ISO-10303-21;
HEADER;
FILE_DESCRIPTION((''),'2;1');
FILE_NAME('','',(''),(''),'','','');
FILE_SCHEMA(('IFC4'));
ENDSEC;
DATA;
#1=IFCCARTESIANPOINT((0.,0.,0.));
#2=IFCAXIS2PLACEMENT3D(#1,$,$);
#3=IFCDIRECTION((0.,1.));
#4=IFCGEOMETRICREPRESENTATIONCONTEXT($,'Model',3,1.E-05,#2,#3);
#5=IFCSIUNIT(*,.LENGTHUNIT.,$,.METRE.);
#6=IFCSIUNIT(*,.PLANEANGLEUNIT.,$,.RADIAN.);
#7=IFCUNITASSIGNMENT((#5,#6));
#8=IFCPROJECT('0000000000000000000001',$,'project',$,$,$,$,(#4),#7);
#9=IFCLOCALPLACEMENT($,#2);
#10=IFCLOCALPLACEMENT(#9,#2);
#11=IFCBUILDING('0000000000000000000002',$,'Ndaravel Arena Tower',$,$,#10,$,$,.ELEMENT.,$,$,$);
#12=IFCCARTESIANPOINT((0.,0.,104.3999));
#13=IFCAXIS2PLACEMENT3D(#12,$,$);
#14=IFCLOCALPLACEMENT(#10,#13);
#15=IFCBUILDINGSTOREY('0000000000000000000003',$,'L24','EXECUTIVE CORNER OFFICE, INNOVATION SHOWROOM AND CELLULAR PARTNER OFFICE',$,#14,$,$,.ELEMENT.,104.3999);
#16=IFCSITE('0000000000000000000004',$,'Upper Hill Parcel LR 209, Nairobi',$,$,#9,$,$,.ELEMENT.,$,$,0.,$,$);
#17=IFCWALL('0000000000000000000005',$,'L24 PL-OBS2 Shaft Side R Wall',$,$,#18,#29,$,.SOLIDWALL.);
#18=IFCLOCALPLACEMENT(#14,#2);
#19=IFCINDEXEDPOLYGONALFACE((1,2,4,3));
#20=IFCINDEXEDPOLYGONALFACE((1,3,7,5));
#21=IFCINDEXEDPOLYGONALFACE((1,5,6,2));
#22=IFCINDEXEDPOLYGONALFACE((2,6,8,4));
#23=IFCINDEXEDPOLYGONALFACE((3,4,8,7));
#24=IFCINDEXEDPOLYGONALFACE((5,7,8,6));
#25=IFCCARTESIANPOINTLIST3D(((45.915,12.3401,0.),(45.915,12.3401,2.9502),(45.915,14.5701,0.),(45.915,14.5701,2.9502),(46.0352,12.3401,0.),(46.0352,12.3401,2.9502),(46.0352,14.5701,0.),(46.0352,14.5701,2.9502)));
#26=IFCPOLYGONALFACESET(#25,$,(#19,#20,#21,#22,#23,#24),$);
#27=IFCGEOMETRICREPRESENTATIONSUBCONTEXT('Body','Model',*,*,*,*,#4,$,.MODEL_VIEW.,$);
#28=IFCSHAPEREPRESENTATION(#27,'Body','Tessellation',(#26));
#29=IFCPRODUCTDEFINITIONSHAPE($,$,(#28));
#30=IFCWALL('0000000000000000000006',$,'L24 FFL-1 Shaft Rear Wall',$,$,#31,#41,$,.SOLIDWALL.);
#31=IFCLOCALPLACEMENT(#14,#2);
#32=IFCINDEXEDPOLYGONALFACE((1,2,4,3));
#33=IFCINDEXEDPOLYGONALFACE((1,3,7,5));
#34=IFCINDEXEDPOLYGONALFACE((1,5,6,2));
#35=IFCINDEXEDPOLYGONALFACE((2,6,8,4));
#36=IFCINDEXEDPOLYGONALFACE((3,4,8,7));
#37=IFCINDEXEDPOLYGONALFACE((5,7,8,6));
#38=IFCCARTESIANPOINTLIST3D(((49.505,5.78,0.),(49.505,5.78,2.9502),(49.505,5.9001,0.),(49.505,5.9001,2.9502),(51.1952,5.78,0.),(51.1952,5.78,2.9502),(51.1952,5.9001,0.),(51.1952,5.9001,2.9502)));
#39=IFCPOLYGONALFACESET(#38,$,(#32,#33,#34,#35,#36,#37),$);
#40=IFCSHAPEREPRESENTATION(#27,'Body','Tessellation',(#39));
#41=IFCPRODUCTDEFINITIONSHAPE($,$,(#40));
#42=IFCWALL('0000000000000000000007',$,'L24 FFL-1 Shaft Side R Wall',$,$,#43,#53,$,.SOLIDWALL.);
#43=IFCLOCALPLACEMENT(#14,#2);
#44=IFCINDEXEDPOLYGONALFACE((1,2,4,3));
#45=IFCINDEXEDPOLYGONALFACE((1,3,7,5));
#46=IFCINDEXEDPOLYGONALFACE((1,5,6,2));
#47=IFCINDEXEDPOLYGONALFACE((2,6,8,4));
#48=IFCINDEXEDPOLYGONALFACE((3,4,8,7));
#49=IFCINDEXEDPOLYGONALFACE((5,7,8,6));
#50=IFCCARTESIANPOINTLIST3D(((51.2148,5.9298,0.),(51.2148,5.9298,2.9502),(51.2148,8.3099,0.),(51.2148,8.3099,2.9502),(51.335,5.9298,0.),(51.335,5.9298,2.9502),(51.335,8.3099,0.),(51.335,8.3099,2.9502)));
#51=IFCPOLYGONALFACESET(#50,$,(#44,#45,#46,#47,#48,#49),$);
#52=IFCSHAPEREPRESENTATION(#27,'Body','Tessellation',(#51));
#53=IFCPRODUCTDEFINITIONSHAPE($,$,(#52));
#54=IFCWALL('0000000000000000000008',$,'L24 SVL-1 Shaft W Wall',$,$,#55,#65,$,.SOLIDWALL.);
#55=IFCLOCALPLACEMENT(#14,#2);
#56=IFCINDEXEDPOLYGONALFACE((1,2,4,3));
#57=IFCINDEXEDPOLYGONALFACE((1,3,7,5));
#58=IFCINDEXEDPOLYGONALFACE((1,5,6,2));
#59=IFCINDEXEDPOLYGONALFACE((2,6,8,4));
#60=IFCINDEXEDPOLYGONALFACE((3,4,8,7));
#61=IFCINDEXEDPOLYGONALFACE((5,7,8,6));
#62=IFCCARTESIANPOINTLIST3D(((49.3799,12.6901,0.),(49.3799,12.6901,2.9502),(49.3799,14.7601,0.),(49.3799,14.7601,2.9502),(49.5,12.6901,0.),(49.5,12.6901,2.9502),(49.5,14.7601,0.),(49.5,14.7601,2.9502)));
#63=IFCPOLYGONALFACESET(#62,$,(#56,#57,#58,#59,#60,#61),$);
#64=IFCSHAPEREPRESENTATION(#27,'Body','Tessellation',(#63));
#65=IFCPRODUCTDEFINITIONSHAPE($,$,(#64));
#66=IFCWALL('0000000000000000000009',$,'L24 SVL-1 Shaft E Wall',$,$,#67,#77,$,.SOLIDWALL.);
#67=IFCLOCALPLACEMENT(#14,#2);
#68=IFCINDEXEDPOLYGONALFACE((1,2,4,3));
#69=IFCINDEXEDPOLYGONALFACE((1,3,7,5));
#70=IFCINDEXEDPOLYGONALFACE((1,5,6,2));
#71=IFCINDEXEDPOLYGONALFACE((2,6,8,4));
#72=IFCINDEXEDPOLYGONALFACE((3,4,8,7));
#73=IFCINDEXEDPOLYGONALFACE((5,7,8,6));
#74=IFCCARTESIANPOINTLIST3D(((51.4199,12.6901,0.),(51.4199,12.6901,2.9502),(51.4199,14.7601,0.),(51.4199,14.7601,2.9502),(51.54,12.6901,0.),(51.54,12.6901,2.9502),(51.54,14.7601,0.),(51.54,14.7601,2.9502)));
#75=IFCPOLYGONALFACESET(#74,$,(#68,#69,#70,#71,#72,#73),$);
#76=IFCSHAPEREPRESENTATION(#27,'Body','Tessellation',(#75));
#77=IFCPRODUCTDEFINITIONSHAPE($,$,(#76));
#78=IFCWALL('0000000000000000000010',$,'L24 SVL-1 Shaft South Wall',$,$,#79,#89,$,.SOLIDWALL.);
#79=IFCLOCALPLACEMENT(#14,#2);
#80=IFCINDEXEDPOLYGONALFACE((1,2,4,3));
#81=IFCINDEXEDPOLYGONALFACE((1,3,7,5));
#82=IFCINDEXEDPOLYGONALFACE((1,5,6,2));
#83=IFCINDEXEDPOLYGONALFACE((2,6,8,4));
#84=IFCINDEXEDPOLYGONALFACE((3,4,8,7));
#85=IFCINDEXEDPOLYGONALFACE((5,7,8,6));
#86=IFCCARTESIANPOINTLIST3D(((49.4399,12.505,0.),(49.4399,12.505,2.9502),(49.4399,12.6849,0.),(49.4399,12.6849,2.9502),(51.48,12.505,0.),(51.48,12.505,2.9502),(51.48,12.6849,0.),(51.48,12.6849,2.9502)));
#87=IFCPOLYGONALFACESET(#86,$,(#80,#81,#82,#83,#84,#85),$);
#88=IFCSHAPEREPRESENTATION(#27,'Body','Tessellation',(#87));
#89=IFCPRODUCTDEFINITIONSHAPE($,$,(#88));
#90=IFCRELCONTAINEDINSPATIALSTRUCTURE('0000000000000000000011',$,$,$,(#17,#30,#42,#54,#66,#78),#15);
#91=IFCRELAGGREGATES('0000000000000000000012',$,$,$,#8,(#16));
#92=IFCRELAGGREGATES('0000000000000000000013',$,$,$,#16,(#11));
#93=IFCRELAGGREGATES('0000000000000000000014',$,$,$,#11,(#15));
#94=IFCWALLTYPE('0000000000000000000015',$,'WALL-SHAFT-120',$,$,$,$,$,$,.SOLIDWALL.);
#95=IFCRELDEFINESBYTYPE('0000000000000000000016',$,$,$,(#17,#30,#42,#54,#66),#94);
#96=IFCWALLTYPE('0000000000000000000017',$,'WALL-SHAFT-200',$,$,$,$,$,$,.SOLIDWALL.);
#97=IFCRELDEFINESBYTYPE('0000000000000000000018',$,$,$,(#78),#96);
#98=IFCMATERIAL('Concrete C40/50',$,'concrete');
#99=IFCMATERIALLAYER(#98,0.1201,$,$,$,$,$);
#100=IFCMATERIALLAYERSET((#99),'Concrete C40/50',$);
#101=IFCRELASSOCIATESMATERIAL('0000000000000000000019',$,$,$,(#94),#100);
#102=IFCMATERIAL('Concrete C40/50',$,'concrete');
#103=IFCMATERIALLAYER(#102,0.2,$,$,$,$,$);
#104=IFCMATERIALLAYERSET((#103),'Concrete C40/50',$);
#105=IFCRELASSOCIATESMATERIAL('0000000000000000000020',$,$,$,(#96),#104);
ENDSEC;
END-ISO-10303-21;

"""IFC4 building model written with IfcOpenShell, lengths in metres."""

from ifc_helpers import new_model, si_unit, direction, frame, frame_2d, origin, place, context, subcontext, project, spatial, rectangle, extrude, material, layer, layer_set, type_object, element, save


model = new_model("IFC4")

# Units and contexts
model_context = context("Model", 3, precision=1e-05, world=origin(), true_north=direction((0.0, 1.0)))
body_context = subcontext(model_context, "Body", "Model", "MODEL_VIEW")
ifc_project = project(units=[si_unit("LENGTHUNIT", "METRE"), si_unit("PLANEANGLEUNIT", "RADIAN")], contexts=[model_context])

# Site, building, storey
site_placement = place(None, origin())
site = spatial("IfcSite", under=ifc_project, at=site_placement, Name="Upper Hill Parcel LR 209, Nairobi", CompositionType="ELEMENT", RefElevation=0.0)
building_placement = place(site_placement, origin())
building = spatial("IfcBuilding", under=site, at=building_placement, Name="Ndaravel Arena Tower", CompositionType="ELEMENT")
storey_placement = place(building_placement, frame((0.0, 0.0, 104.3999)))
storey = spatial("IfcBuildingStorey", under=building, at=storey_placement, Name="L24", Description="EXECUTIVE CORNER OFFICE, INNOVATION SHOWROOM AND CELLULAR PARTNER OFFICE", CompositionType="ELEMENT", Elevation=104.3999)

# Walls
ifc_material_1 = material(Name="Concrete C40/50", Category="concrete")
ifc_layer_1 = layer(ifc_material_1, 0.1201)
ifc_layer_set_1 = layer_set([ifc_layer_1], Name="Concrete C40/50")
wall_type_1 = type_object("IfcWallType", Name="WALL-SHAFT-120", PredefinedType="SOLIDWALL", material=ifc_layer_set_1)
wall_1_placement = place(storey_placement, frame((45.9751, 12.3401, 0.0), z_axis=(0.0, 0.0, 1.0), x_axis=(0.0, 1.0, 0.0)))
element("IfcWall", 1, at=wall_1_placement, inside=storey, type_object=wall_type_1, Name="L24 PL-OBS2 Shaft Side R Wall", PredefinedType="SOLIDWALL", context=body_context, shape_type="SweptSolid", body=[
    extrude(rectangle(XDim=2.23, YDim=0.1201, at=frame_2d((1.115, 0.0))), origin(), (0.0, 0.0, 1.0), 2.9502),
])
wall_2_placement = place(storey_placement, frame((49.5049, 5.8401, 0.0), z_axis=(0.0, 0.0, 1.0), x_axis=(1.0, 0.0, 0.0)))
element("IfcWall", 2, at=wall_2_placement, inside=storey, type_object=wall_type_1, Name="L24 FFL-1 Shaft Rear Wall", PredefinedType="SOLIDWALL", context=body_context, shape_type="SweptSolid", body=[
    extrude(rectangle(XDim=1.6902, YDim=0.1201, at=frame_2d((0.8452, 0.0))), origin(), (0.0, 0.0, 1.0), 2.9502),
])
wall_3_placement = place(storey_placement, frame((51.2749, 5.9299, 0.0), z_axis=(0.0, 0.0, 1.0), x_axis=(0.0, 1.0, 0.0)))
element("IfcWall", 3, at=wall_3_placement, inside=storey, type_object=wall_type_1, Name="L24 FFL-1 Shaft Side R Wall", PredefinedType="SOLIDWALL", context=body_context, shape_type="SweptSolid", body=[
    extrude(rectangle(XDim=2.3801, YDim=0.1201, at=frame_2d((1.1899, 0.0))), origin(), (0.0, 0.0, 1.0), 2.9502),
])
for number, where, z_axis, x_axis, name in (
    (4, (49.4399, 12.6899, 0.0), (0.0, 0.0, 1.0), (0.0, 1.0, 0.0), "L24 SVL-1 Shaft W Wall"),
    (5, (51.48, 12.6899, 0.0), (0.0, 0.0, 1.0), (0.0, 1.0, 0.0), "L24 SVL-1 Shaft E Wall"),
):
    element("IfcWall", number, at=place(storey_placement, frame(where, z_axis=z_axis, x_axis=x_axis)), inside=storey, type_object=wall_type_1, Name=name, PredefinedType="SOLIDWALL", context=body_context, shape_type="SweptSolid", body=[
        extrude(rectangle(XDim=2.0701, YDim=0.1201, at=frame_2d((1.0352, 0.0))), origin(), (0.0, 0.0, 1.0), 2.9502),
    ])

# Shared definitions
ifc_material_2 = material(Name="Concrete C40/50", Category="concrete")
ifc_layer_2 = layer(ifc_material_2, 0.2)
ifc_layer_set_2 = layer_set([ifc_layer_2], Name="Concrete C40/50")
wall_type_2 = type_object("IfcWallType", Name="WALL-SHAFT-200", PredefinedType="SOLIDWALL", material=ifc_layer_set_2)

# Wall
wall_4_placement = place(storey_placement, frame((49.4399, 12.595, 0.0), z_axis=(0.0, 0.0, 1.0), x_axis=(1.0, 0.0, 0.0)))
element("IfcWall", 6, at=wall_4_placement, inside=storey, type_object=wall_type_2, Name="L24 SVL-1 Shaft South Wall", PredefinedType="SOLIDWALL", context=body_context, shape_type="SweptSolid", body=[
    extrude(rectangle(XDim=2.04, YDim=0.1799, at=frame_2d((1.02, 0.0))), origin(), (0.0, 0.0, 1.0), 2.9502),
])

save(model, "model.ifc")
